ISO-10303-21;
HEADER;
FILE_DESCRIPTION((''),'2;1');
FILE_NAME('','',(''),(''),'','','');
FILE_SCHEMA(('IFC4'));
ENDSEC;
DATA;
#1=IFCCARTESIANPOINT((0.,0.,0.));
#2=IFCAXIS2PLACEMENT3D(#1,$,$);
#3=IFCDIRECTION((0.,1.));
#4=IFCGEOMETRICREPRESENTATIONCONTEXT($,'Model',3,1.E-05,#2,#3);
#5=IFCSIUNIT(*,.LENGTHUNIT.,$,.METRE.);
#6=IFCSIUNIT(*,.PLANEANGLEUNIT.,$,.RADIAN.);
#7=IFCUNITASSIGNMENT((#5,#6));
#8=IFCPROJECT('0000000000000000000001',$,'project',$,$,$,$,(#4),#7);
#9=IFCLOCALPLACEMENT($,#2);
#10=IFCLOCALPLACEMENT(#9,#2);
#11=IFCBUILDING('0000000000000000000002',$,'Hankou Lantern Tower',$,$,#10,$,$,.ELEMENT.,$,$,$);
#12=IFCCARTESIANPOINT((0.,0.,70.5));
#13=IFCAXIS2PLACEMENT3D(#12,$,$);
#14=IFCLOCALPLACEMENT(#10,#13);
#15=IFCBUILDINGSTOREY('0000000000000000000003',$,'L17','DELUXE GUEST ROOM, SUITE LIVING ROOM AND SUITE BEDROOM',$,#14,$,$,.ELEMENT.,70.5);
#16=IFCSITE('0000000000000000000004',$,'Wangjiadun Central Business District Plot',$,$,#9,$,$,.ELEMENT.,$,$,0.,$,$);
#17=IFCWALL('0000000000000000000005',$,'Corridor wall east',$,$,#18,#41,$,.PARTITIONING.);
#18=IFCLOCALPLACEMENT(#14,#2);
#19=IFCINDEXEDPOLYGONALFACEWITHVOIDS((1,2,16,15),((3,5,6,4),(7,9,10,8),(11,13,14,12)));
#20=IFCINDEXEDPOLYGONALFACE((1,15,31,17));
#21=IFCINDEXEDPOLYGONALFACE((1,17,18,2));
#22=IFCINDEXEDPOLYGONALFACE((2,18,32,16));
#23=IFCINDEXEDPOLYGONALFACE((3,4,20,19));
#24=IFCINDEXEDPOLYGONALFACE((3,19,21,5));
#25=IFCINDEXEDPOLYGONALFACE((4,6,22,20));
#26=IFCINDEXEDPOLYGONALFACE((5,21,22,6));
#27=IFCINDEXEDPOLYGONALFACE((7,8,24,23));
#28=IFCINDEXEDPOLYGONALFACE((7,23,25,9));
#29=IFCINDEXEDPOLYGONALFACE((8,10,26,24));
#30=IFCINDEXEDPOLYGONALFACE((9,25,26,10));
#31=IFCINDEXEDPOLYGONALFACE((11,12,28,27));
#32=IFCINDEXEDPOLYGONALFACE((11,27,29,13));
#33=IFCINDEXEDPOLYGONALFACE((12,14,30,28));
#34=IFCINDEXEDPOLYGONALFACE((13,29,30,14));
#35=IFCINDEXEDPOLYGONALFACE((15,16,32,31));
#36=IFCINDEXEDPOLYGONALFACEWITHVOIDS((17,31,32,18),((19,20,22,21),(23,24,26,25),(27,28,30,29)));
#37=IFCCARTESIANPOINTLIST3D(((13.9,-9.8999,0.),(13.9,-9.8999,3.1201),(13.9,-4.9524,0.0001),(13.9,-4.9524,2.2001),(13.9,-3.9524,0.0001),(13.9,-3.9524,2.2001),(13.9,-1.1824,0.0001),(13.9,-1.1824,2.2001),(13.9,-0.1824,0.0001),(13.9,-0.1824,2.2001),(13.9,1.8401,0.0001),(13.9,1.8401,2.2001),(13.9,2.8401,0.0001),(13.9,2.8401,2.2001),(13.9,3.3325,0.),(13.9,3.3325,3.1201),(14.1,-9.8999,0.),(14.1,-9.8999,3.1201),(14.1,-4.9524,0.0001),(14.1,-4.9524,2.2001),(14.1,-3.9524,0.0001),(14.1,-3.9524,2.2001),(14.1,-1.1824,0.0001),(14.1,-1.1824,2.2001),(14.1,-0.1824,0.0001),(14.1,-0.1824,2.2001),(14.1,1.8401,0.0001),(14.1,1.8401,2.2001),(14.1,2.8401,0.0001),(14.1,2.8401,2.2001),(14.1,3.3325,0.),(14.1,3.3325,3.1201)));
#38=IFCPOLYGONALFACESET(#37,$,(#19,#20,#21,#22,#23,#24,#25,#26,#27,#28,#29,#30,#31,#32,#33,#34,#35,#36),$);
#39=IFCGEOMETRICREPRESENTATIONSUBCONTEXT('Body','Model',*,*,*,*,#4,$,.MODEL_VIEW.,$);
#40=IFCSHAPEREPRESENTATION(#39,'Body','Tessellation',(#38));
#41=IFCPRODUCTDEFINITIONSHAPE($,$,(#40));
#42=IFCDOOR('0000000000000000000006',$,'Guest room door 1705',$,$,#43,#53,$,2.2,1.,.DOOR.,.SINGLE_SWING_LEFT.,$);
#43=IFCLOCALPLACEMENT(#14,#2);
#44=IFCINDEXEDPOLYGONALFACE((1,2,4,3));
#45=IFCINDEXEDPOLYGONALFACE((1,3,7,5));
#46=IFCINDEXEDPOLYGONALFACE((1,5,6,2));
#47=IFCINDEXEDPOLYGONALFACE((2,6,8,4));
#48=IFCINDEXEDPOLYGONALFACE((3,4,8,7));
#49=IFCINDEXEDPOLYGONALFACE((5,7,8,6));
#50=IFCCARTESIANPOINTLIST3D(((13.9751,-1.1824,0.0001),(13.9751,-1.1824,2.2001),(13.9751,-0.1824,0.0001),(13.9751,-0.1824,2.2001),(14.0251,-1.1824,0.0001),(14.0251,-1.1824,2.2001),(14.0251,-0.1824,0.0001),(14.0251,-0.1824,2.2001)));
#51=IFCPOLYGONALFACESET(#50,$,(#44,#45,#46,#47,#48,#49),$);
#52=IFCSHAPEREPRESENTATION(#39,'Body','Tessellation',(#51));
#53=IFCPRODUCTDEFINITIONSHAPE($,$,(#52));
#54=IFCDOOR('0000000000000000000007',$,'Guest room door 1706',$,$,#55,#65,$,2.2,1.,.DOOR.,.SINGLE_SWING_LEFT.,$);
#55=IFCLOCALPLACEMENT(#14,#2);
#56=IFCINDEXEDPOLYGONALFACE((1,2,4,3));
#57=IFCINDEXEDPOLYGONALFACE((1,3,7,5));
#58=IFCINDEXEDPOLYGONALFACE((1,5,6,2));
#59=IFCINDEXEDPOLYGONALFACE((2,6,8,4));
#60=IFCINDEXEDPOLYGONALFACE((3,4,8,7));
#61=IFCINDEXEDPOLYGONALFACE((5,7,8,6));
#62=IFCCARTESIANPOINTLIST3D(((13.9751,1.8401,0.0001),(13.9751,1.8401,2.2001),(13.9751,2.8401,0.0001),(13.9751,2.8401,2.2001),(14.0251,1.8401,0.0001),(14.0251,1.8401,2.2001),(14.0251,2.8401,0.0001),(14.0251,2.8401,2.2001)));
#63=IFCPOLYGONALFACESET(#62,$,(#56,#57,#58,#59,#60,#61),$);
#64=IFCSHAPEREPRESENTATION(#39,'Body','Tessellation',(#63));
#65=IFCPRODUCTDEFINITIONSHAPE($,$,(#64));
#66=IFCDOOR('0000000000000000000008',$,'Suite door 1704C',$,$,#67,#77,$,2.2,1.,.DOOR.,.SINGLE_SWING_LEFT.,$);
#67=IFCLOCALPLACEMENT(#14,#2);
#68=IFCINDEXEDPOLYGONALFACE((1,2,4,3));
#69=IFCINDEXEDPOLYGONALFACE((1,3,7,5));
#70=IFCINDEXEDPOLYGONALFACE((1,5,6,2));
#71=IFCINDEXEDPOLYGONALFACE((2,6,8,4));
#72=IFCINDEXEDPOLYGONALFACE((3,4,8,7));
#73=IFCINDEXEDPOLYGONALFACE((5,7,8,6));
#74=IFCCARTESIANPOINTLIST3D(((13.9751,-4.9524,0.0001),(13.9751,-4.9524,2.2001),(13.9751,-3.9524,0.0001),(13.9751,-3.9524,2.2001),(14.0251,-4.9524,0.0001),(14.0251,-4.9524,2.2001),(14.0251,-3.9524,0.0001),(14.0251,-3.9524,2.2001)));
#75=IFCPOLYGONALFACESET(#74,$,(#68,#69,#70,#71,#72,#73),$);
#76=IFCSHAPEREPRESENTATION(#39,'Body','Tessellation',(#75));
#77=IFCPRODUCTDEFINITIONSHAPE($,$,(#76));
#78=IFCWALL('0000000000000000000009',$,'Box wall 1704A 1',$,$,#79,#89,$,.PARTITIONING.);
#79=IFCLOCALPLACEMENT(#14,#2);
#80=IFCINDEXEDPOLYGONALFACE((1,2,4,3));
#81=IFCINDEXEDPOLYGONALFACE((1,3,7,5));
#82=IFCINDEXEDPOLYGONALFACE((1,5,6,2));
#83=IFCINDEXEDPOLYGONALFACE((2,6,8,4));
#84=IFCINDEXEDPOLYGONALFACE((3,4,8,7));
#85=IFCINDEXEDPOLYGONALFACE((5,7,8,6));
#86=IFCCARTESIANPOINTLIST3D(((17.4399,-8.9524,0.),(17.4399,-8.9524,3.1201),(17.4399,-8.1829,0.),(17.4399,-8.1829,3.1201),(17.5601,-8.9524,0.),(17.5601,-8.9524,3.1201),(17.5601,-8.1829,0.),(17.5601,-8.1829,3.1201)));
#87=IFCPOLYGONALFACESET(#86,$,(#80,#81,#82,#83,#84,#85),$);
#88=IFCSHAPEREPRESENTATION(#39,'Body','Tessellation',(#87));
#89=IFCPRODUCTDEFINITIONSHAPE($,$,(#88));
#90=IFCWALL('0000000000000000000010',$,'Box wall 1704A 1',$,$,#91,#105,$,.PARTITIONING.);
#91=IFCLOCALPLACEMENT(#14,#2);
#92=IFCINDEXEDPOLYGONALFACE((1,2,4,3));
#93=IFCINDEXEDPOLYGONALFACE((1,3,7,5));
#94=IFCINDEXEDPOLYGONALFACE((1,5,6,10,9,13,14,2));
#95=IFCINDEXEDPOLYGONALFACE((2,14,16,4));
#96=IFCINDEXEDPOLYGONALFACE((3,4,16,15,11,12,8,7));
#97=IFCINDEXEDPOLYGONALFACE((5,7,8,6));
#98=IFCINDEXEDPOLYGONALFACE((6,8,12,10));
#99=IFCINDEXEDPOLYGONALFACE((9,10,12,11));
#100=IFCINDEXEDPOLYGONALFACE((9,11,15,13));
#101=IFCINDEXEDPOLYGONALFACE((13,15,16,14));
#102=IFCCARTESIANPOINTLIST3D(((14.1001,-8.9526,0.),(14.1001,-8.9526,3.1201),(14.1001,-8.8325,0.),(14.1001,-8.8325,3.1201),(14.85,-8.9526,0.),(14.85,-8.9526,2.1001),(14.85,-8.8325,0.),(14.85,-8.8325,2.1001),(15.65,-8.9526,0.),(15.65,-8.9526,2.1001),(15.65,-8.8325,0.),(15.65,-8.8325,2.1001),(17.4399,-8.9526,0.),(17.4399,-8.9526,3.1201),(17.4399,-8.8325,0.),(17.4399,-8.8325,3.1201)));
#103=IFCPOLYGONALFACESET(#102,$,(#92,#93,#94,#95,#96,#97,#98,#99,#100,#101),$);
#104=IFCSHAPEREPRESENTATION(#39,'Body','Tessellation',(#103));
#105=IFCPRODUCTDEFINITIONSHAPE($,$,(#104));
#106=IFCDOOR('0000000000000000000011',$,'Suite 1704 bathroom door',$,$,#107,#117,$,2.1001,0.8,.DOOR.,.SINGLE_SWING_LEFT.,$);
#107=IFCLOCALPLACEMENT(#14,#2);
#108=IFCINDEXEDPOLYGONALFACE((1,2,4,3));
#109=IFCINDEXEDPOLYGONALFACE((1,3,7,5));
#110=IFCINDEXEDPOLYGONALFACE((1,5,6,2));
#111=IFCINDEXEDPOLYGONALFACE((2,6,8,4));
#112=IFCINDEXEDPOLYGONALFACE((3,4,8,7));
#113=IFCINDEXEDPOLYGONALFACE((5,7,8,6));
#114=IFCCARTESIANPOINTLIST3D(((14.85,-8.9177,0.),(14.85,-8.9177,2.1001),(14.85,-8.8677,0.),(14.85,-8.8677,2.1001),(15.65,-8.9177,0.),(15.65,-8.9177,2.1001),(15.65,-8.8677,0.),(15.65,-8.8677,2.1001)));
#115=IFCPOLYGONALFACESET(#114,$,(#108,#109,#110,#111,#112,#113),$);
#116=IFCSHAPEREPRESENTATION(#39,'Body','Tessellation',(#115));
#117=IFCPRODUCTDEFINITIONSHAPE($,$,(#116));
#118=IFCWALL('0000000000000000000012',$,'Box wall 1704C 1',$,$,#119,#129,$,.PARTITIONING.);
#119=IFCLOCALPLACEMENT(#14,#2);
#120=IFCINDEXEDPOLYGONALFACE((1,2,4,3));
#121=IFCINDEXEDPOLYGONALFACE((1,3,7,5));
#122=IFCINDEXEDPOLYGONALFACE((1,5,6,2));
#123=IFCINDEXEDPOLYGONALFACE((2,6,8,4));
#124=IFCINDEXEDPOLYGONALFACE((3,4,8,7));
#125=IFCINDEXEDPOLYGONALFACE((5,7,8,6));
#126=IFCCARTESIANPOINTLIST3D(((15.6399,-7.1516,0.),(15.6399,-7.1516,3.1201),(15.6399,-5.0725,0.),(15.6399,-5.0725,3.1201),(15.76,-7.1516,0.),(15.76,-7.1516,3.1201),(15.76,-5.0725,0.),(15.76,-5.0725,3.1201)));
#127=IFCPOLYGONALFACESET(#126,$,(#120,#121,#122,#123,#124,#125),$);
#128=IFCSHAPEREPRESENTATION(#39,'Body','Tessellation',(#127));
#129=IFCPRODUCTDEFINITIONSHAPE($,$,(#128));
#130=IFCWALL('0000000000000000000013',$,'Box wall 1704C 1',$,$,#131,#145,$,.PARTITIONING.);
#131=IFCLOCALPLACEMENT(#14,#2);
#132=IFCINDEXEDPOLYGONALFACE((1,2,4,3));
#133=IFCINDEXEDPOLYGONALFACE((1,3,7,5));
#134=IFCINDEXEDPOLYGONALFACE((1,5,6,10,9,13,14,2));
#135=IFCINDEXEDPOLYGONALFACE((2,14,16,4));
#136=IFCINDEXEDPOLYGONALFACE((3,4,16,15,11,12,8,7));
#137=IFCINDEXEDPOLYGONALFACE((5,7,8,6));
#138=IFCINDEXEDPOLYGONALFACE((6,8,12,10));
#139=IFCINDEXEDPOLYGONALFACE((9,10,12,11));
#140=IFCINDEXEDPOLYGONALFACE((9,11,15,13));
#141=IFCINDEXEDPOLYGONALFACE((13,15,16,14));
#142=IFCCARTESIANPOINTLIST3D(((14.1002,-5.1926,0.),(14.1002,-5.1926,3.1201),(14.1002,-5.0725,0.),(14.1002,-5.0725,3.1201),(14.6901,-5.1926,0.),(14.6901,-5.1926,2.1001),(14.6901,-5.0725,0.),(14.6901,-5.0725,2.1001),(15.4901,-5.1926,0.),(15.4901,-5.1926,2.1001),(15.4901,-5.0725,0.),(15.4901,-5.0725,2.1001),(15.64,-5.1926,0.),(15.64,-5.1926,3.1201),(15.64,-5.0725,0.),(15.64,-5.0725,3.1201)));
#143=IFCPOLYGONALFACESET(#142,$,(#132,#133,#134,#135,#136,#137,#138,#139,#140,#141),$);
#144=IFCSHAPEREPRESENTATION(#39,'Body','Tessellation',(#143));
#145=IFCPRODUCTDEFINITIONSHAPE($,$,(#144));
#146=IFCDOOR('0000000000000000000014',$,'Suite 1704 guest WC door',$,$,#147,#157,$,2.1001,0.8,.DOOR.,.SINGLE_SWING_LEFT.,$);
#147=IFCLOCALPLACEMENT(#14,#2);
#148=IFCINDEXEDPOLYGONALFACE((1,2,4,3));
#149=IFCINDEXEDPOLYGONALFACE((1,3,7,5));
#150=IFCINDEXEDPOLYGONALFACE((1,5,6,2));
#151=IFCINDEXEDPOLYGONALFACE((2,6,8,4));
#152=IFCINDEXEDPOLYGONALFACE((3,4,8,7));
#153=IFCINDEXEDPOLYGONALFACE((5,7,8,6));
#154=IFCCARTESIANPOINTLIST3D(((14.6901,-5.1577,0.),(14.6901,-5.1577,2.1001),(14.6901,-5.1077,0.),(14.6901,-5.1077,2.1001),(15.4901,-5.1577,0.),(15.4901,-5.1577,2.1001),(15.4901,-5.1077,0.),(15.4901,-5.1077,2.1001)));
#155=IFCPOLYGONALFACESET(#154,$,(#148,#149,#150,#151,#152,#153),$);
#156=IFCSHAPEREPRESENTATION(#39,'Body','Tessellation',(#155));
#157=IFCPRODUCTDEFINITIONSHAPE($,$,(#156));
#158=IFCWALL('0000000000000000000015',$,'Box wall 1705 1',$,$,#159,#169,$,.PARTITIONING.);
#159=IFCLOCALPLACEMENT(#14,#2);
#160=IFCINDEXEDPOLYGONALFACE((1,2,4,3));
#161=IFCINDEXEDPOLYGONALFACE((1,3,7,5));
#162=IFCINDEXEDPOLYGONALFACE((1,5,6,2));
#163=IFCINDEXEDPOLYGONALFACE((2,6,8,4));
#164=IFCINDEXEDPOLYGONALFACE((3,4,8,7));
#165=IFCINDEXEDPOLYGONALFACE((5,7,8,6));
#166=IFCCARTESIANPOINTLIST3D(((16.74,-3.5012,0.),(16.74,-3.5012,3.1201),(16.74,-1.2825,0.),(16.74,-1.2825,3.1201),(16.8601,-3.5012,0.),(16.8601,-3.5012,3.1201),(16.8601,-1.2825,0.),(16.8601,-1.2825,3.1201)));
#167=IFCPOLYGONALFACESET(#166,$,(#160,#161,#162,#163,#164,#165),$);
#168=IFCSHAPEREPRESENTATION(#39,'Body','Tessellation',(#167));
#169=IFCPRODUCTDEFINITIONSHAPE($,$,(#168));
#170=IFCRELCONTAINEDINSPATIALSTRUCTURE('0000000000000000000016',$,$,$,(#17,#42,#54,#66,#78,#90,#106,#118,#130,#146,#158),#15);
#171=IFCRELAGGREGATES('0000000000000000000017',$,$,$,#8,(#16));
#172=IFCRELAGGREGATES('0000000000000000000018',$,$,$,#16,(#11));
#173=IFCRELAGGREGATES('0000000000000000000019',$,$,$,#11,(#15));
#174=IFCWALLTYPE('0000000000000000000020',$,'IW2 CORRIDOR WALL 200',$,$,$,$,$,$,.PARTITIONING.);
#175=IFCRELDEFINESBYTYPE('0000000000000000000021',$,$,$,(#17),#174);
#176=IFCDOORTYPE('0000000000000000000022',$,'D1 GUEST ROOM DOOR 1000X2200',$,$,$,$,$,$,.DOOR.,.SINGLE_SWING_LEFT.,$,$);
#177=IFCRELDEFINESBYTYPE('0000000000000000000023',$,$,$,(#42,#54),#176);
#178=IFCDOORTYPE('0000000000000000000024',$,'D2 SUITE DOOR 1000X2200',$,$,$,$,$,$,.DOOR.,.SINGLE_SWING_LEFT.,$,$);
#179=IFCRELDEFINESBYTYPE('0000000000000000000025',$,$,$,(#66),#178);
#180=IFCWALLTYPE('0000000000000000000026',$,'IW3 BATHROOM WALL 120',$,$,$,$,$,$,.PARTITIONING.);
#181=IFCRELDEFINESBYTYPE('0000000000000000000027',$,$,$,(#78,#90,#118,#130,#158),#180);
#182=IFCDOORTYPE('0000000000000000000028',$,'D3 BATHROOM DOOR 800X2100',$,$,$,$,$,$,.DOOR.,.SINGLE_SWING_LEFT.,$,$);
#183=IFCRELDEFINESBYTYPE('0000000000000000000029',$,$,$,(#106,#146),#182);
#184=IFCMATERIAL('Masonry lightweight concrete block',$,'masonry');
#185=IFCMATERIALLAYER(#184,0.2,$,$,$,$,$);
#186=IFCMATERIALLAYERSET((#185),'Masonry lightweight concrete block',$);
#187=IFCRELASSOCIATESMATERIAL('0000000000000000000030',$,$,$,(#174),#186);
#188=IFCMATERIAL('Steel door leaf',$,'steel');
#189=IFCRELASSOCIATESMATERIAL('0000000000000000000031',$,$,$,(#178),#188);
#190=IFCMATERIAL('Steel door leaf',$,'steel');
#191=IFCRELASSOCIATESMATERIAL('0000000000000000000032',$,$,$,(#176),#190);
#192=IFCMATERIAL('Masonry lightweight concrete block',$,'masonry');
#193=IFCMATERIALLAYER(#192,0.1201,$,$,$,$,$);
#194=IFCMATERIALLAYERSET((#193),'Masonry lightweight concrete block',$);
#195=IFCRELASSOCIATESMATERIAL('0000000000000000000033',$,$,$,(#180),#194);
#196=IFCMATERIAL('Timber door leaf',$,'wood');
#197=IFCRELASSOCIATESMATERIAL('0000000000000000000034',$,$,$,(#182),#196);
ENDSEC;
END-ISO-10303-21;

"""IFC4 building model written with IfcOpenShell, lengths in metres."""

from ifc_helpers import new_model, si_unit, direction, frame, frame_2d, origin, place, context, subcontext, project, spatial, rectangle, extrude, material, layer, layer_set, type_object, element, fill, save


model = new_model("IFC4")

# Units and contexts
model_context = context("Model", 3, precision=1e-05, world=origin(), true_north=direction((0.0, 1.0)))
body_context = subcontext(model_context, "Body", "Model", "MODEL_VIEW")
ifc_project = project(units=[si_unit("LENGTHUNIT", "METRE"), si_unit("PLANEANGLEUNIT", "RADIAN")], contexts=[model_context])

# Site, building, storey
site_placement = place(None, origin())
site = spatial("IfcSite", under=ifc_project, at=site_placement, Name="Wangjiadun Central Business District Plot", CompositionType="ELEMENT", RefElevation=0.0)
building_placement = place(site_placement, origin())
building = spatial("IfcBuilding", under=site, at=building_placement, Name="Hankou Lantern Tower", CompositionType="ELEMENT")
storey_placement = place(building_placement, frame((0.0, 0.0, 70.5)))
storey = spatial("IfcBuildingStorey", under=building, at=storey_placement, Name="L17", Description="DELUXE GUEST ROOM, SUITE LIVING ROOM AND SUITE BEDROOM", CompositionType="ELEMENT", Elevation=70.5)

# Wall, openings, doors
ifc_material_1 = material(Name="Masonry lightweight concrete block", Category="masonry")
ifc_layer_1 = layer(ifc_material_1, 0.2)
ifc_layer_set_1 = layer_set([ifc_layer_1], Name="Masonry lightweight concrete block")
wall_type_1 = type_object("IfcWallType", Name="IW2 CORRIDOR WALL 200", PredefinedType="PARTITIONING", material=ifc_layer_set_1)
ifc_material_2 = material(Name="Steel door leaf", Category="steel")
door_type_1 = type_object("IfcDoorType", Name="D2 SUITE DOOR 1000X2200", OperationType="SINGLE_SWING_LEFT", PredefinedType="DOOR", material=ifc_material_2)
wall_1_placement = place(storey_placement, frame((14.0, -9.8999, 0.0), z_axis=(0.0, 0.0, 1.0), x_axis=(0.0, 1.0, 0.0)))
wall_1 = element("IfcWall", 1, at=wall_1_placement, inside=storey, type_object=wall_type_1, Name="Corridor wall east", PredefinedType="PARTITIONING", context=body_context, shape_type="SweptSolid", body=[
    extrude(rectangle(XDim=13.2324, YDim=0.2, at=frame_2d((6.6162, 0.0))), origin(), (0.0, 0.0, 1.0), 3.1201),
])
opening_1_placement = place(wall_1_placement, frame((4.9475, 0.0, 0.0)))
opening_1 = element("IfcOpeningElement", 2, at=opening_1_placement, cuts=wall_1, PredefinedType="OPENING", context=body_context, shape_type="SweptSolid", body=[
    extrude(rectangle(XDim=1.0, YDim=2.2, at=frame_2d((0.5, 1.1001))), frame((0.0, 0.1099, 0.0), z_axis=(0.0, -1.0, 0.0), x_axis=(1.0, 0.0, 0.0)), (0.0, 0.0, 1.0), 0.22),
])
opening_2_placement = place(wall_1_placement, frame((8.7175, 0.0, 0.0)))
opening_2 = element("IfcOpeningElement", 3, at=opening_2_placement, cuts=wall_1, PredefinedType="OPENING", context=body_context, shape_type="SweptSolid", body=[
    extrude(rectangle(XDim=1.0, YDim=2.2, at=frame_2d((0.5, 1.1001))), frame((0.0, 0.1099, 0.0), z_axis=(0.0, -1.0, 0.0), x_axis=(1.0, 0.0, 0.0)), (0.0, 0.0, 1.0), 0.22),
])
opening_3_placement = place(wall_1_placement, frame((11.74, 0.0, 0.0)))
opening_3 = element("IfcOpeningElement", 4, at=opening_3_placement, cuts=wall_1, PredefinedType="OPENING", context=body_context, shape_type="SweptSolid", body=[
    extrude(rectangle(XDim=1.0, YDim=2.2, at=frame_2d((0.5, 1.1001))), frame((0.0, 0.1099, 0.0), z_axis=(0.0, -1.0, 0.0), x_axis=(1.0, 0.0, 0.0)), (0.0, 0.0, 1.0), 0.22),
])
ifc_material_3 = material(Name="Steel door leaf", Category="steel")
door_type_2 = type_object("IfcDoorType", Name="D1 GUEST ROOM DOOR 1000X2200", OperationType="SINGLE_SWING_LEFT", PredefinedType="DOOR", material=ifc_material_3)
door_1_placement = place(opening_2_placement, origin())
door_1 = element("IfcDoor", 5, at=door_1_placement, inside=storey, type_object=door_type_2, Name="Guest room door 1705", OperationType="SINGLE_SWING_LEFT", OverallHeight=2.2, OverallWidth=1.0, PredefinedType="DOOR", context=body_context, shape_type="SweptSolid", body=[
    extrude(rectangle(XDim=1.0, YDim=2.2, at=frame_2d((0.5, 1.1001))), frame((0.0, 0.0249, 0.0), z_axis=(0.0, -1.0, 0.0), x_axis=(1.0, 0.0, 0.0)), (0.0, 0.0, 1.0), 0.05),
])
fill(opening_2, door_1)
door_2_placement = place(opening_3_placement, origin())
door_2 = element("IfcDoor", 6, at=door_2_placement, inside=storey, type_object=door_type_2, Name="Guest room door 1706", OperationType="SINGLE_SWING_LEFT", OverallHeight=2.2, OverallWidth=1.0, PredefinedType="DOOR", context=body_context, shape_type="SweptSolid", body=[
    extrude(rectangle(XDim=1.0, YDim=2.2, at=frame_2d((0.5, 1.1001))), frame((0.0, 0.0249, 0.0), z_axis=(0.0, -1.0, 0.0), x_axis=(1.0, 0.0, 0.0)), (0.0, 0.0, 1.0), 0.05),
])
fill(opening_3, door_2)
door_3_placement = place(opening_1_placement, origin())
door_3 = element("IfcDoor", 7, at=door_3_placement, inside=storey, type_object=door_type_1, Name="Suite door 1704C", OperationType="SINGLE_SWING_LEFT", OverallHeight=2.2, OverallWidth=1.0, PredefinedType="DOOR", context=body_context, shape_type="SweptSolid", body=[
    extrude(rectangle(XDim=1.0, YDim=2.2, at=frame_2d((0.5, 1.1001))), frame((0.0, 0.0249, 0.0), z_axis=(0.0, -1.0, 0.0), x_axis=(1.0, 0.0, 0.0)), (0.0, 0.0, 1.0), 0.05),
])
fill(opening_1, door_3)

# Wall
ifc_material_4 = material(Name="Masonry lightweight concrete block", Category="masonry")
ifc_layer_2 = layer(ifc_material_4, 0.1201)
ifc_layer_set_2 = layer_set([ifc_layer_2], Name="Masonry lightweight concrete block")
wall_type_2 = type_object("IfcWallType", Name="IW3 BATHROOM WALL 120", PredefinedType="PARTITIONING", material=ifc_layer_set_2)
wall_2_placement = place(storey_placement, frame((17.5, -8.1829, 0.0), z_axis=(0.0, 0.0, 1.0), x_axis=(0.0, -1.0, 0.0)))
element("IfcWall", 8, at=wall_2_placement, inside=storey, type_object=wall_type_2, Name="Box wall 1704A 1", PredefinedType="PARTITIONING", context=body_context, shape_type="SweptSolid", body=[
    extrude(rectangle(XDim=0.7695, YDim=0.1201, at=frame_2d((0.3848, 0.0))), origin(), (0.0, 0.0, 1.0), 3.1201),
])

# Wall, opening, door
wall_3_placement = place(storey_placement, frame((14.1001, -8.8926, 0.0), z_axis=(0.0, 0.0, 1.0), x_axis=(1.0, 0.0, 0.0)))
wall_3 = element("IfcWall", 9, at=wall_3_placement, inside=storey, type_object=wall_type_2, Name="Box wall 1704A 1", PredefinedType="PARTITIONING", context=body_context, shape_type="SweptSolid", body=[
    extrude(rectangle(XDim=3.3398, YDim=0.1201, at=frame_2d((1.6699, 0.0))), origin(), (0.0, 0.0, 1.0), 3.1201),
])
opening_4_placement = place(wall_3_placement, frame((0.75, 0.0, 0.0)))
opening_4 = element("IfcOpeningElement", 10, at=opening_4_placement, cuts=wall_3, PredefinedType="OPENING", context=body_context, shape_type="SweptSolid", body=[
    extrude(rectangle(XDim=0.8, YDim=2.1001, at=frame_2d((0.3999, 1.05))), frame((0.0, 0.0701, 0.0), z_axis=(0.0, -1.0, 0.0), x_axis=(1.0, 0.0, 0.0)), (0.0, 0.0, 1.0), 0.1401),
])
ifc_material_5 = material(Name="Timber door leaf", Category="wood")
door_type_3 = type_object("IfcDoorType", Name="D3 BATHROOM DOOR 800X2100", OperationType="SINGLE_SWING_LEFT", PredefinedType="DOOR", material=ifc_material_5)
door_4_placement = place(opening_4_placement, origin())
door_4 = element("IfcDoor", 11, at=door_4_placement, inside=storey, type_object=door_type_3, Name="Suite 1704 bathroom door", OperationType="SINGLE_SWING_LEFT", OverallHeight=2.1001, OverallWidth=0.8, PredefinedType="DOOR", context=body_context, shape_type="SweptSolid", body=[
    extrude(rectangle(XDim=0.8, YDim=2.1001, at=frame_2d((0.3999, 1.05))), frame((0.0, 0.0249, 0.0), z_axis=(0.0, -1.0, 0.0), x_axis=(1.0, 0.0, 0.0)), (0.0, 0.0, 1.0), 0.05),
])
fill(opening_4, door_4)

# Wall
wall_4_placement = place(storey_placement, frame((15.7, -7.1516, 0.0), z_axis=(0.0, 0.0, 1.0), x_axis=(0.0, 1.0, 0.0)))
element("IfcWall", 12, at=wall_4_placement, inside=storey, type_object=wall_type_2, Name="Box wall 1704C 1", PredefinedType="PARTITIONING", context=body_context, shape_type="SweptSolid", body=[
    extrude(rectangle(XDim=2.0791, YDim=0.1201, at=frame_2d((1.0396, 0.0))), origin(), (0.0, 0.0, 1.0), 3.1201),
])

# Wall, opening, door
wall_5_placement = place(storey_placement, frame((14.1001, -5.1326, 0.0), z_axis=(0.0, 0.0, 1.0), x_axis=(1.0, 0.0, 0.0)))
wall_5 = element("IfcWall", 13, at=wall_5_placement, inside=storey, type_object=wall_type_2, Name="Box wall 1704C 1", PredefinedType="PARTITIONING", context=body_context, shape_type="SweptSolid", body=[
    extrude(rectangle(XDim=1.5398, YDim=0.1201, at=frame_2d((0.77, 0.0))), origin(), (0.0, 0.0, 1.0), 3.1201),
])
opening_5_placement = place(wall_5_placement, frame((0.5901, 0.0, 0.0)))
opening_5 = element("IfcOpeningElement", 14, at=opening_5_placement, cuts=wall_5, PredefinedType="OPENING", context=body_context, shape_type="SweptSolid", body=[
    extrude(rectangle(XDim=0.8, YDim=2.1001, at=frame_2d((0.3999, 1.05))), frame((0.0, 0.0701, 0.0), z_axis=(0.0, -1.0, 0.0), x_axis=(1.0, 0.0, 0.0)), (0.0, 0.0, 1.0), 0.1401),
])
door_5_placement = place(opening_5_placement, origin())
door_5 = element("IfcDoor", 15, at=door_5_placement, inside=storey, type_object=door_type_3, Name="Suite 1704 guest WC door", OperationType="SINGLE_SWING_LEFT", OverallHeight=2.1001, OverallWidth=0.8, PredefinedType="DOOR", context=body_context, shape_type="SweptSolid", body=[
    extrude(rectangle(XDim=0.8, YDim=2.1001, at=frame_2d((0.3999, 1.05))), frame((0.0, 0.0249, 0.0), z_axis=(0.0, -1.0, 0.0), x_axis=(1.0, 0.0, 0.0)), (0.0, 0.0, 1.0), 0.05),
])
fill(opening_5, door_5)

# Wall
wall_6_placement = place(storey_placement, frame((16.8, -3.5012, 0.0), z_axis=(0.0, 0.0, 1.0), x_axis=(0.0, 1.0, 0.0)))
element("IfcWall", 16, at=wall_6_placement, inside=storey, type_object=wall_type_2, Name="Box wall 1705 1", PredefinedType="PARTITIONING", context=body_context, shape_type="SweptSolid", body=[
    extrude(rectangle(XDim=2.2188, YDim=0.1201, at=frame_2d((1.1094, 0.0))), origin(), (0.0, 0.0, 1.0), 3.1201),
])

save(model, "model.ifc")
